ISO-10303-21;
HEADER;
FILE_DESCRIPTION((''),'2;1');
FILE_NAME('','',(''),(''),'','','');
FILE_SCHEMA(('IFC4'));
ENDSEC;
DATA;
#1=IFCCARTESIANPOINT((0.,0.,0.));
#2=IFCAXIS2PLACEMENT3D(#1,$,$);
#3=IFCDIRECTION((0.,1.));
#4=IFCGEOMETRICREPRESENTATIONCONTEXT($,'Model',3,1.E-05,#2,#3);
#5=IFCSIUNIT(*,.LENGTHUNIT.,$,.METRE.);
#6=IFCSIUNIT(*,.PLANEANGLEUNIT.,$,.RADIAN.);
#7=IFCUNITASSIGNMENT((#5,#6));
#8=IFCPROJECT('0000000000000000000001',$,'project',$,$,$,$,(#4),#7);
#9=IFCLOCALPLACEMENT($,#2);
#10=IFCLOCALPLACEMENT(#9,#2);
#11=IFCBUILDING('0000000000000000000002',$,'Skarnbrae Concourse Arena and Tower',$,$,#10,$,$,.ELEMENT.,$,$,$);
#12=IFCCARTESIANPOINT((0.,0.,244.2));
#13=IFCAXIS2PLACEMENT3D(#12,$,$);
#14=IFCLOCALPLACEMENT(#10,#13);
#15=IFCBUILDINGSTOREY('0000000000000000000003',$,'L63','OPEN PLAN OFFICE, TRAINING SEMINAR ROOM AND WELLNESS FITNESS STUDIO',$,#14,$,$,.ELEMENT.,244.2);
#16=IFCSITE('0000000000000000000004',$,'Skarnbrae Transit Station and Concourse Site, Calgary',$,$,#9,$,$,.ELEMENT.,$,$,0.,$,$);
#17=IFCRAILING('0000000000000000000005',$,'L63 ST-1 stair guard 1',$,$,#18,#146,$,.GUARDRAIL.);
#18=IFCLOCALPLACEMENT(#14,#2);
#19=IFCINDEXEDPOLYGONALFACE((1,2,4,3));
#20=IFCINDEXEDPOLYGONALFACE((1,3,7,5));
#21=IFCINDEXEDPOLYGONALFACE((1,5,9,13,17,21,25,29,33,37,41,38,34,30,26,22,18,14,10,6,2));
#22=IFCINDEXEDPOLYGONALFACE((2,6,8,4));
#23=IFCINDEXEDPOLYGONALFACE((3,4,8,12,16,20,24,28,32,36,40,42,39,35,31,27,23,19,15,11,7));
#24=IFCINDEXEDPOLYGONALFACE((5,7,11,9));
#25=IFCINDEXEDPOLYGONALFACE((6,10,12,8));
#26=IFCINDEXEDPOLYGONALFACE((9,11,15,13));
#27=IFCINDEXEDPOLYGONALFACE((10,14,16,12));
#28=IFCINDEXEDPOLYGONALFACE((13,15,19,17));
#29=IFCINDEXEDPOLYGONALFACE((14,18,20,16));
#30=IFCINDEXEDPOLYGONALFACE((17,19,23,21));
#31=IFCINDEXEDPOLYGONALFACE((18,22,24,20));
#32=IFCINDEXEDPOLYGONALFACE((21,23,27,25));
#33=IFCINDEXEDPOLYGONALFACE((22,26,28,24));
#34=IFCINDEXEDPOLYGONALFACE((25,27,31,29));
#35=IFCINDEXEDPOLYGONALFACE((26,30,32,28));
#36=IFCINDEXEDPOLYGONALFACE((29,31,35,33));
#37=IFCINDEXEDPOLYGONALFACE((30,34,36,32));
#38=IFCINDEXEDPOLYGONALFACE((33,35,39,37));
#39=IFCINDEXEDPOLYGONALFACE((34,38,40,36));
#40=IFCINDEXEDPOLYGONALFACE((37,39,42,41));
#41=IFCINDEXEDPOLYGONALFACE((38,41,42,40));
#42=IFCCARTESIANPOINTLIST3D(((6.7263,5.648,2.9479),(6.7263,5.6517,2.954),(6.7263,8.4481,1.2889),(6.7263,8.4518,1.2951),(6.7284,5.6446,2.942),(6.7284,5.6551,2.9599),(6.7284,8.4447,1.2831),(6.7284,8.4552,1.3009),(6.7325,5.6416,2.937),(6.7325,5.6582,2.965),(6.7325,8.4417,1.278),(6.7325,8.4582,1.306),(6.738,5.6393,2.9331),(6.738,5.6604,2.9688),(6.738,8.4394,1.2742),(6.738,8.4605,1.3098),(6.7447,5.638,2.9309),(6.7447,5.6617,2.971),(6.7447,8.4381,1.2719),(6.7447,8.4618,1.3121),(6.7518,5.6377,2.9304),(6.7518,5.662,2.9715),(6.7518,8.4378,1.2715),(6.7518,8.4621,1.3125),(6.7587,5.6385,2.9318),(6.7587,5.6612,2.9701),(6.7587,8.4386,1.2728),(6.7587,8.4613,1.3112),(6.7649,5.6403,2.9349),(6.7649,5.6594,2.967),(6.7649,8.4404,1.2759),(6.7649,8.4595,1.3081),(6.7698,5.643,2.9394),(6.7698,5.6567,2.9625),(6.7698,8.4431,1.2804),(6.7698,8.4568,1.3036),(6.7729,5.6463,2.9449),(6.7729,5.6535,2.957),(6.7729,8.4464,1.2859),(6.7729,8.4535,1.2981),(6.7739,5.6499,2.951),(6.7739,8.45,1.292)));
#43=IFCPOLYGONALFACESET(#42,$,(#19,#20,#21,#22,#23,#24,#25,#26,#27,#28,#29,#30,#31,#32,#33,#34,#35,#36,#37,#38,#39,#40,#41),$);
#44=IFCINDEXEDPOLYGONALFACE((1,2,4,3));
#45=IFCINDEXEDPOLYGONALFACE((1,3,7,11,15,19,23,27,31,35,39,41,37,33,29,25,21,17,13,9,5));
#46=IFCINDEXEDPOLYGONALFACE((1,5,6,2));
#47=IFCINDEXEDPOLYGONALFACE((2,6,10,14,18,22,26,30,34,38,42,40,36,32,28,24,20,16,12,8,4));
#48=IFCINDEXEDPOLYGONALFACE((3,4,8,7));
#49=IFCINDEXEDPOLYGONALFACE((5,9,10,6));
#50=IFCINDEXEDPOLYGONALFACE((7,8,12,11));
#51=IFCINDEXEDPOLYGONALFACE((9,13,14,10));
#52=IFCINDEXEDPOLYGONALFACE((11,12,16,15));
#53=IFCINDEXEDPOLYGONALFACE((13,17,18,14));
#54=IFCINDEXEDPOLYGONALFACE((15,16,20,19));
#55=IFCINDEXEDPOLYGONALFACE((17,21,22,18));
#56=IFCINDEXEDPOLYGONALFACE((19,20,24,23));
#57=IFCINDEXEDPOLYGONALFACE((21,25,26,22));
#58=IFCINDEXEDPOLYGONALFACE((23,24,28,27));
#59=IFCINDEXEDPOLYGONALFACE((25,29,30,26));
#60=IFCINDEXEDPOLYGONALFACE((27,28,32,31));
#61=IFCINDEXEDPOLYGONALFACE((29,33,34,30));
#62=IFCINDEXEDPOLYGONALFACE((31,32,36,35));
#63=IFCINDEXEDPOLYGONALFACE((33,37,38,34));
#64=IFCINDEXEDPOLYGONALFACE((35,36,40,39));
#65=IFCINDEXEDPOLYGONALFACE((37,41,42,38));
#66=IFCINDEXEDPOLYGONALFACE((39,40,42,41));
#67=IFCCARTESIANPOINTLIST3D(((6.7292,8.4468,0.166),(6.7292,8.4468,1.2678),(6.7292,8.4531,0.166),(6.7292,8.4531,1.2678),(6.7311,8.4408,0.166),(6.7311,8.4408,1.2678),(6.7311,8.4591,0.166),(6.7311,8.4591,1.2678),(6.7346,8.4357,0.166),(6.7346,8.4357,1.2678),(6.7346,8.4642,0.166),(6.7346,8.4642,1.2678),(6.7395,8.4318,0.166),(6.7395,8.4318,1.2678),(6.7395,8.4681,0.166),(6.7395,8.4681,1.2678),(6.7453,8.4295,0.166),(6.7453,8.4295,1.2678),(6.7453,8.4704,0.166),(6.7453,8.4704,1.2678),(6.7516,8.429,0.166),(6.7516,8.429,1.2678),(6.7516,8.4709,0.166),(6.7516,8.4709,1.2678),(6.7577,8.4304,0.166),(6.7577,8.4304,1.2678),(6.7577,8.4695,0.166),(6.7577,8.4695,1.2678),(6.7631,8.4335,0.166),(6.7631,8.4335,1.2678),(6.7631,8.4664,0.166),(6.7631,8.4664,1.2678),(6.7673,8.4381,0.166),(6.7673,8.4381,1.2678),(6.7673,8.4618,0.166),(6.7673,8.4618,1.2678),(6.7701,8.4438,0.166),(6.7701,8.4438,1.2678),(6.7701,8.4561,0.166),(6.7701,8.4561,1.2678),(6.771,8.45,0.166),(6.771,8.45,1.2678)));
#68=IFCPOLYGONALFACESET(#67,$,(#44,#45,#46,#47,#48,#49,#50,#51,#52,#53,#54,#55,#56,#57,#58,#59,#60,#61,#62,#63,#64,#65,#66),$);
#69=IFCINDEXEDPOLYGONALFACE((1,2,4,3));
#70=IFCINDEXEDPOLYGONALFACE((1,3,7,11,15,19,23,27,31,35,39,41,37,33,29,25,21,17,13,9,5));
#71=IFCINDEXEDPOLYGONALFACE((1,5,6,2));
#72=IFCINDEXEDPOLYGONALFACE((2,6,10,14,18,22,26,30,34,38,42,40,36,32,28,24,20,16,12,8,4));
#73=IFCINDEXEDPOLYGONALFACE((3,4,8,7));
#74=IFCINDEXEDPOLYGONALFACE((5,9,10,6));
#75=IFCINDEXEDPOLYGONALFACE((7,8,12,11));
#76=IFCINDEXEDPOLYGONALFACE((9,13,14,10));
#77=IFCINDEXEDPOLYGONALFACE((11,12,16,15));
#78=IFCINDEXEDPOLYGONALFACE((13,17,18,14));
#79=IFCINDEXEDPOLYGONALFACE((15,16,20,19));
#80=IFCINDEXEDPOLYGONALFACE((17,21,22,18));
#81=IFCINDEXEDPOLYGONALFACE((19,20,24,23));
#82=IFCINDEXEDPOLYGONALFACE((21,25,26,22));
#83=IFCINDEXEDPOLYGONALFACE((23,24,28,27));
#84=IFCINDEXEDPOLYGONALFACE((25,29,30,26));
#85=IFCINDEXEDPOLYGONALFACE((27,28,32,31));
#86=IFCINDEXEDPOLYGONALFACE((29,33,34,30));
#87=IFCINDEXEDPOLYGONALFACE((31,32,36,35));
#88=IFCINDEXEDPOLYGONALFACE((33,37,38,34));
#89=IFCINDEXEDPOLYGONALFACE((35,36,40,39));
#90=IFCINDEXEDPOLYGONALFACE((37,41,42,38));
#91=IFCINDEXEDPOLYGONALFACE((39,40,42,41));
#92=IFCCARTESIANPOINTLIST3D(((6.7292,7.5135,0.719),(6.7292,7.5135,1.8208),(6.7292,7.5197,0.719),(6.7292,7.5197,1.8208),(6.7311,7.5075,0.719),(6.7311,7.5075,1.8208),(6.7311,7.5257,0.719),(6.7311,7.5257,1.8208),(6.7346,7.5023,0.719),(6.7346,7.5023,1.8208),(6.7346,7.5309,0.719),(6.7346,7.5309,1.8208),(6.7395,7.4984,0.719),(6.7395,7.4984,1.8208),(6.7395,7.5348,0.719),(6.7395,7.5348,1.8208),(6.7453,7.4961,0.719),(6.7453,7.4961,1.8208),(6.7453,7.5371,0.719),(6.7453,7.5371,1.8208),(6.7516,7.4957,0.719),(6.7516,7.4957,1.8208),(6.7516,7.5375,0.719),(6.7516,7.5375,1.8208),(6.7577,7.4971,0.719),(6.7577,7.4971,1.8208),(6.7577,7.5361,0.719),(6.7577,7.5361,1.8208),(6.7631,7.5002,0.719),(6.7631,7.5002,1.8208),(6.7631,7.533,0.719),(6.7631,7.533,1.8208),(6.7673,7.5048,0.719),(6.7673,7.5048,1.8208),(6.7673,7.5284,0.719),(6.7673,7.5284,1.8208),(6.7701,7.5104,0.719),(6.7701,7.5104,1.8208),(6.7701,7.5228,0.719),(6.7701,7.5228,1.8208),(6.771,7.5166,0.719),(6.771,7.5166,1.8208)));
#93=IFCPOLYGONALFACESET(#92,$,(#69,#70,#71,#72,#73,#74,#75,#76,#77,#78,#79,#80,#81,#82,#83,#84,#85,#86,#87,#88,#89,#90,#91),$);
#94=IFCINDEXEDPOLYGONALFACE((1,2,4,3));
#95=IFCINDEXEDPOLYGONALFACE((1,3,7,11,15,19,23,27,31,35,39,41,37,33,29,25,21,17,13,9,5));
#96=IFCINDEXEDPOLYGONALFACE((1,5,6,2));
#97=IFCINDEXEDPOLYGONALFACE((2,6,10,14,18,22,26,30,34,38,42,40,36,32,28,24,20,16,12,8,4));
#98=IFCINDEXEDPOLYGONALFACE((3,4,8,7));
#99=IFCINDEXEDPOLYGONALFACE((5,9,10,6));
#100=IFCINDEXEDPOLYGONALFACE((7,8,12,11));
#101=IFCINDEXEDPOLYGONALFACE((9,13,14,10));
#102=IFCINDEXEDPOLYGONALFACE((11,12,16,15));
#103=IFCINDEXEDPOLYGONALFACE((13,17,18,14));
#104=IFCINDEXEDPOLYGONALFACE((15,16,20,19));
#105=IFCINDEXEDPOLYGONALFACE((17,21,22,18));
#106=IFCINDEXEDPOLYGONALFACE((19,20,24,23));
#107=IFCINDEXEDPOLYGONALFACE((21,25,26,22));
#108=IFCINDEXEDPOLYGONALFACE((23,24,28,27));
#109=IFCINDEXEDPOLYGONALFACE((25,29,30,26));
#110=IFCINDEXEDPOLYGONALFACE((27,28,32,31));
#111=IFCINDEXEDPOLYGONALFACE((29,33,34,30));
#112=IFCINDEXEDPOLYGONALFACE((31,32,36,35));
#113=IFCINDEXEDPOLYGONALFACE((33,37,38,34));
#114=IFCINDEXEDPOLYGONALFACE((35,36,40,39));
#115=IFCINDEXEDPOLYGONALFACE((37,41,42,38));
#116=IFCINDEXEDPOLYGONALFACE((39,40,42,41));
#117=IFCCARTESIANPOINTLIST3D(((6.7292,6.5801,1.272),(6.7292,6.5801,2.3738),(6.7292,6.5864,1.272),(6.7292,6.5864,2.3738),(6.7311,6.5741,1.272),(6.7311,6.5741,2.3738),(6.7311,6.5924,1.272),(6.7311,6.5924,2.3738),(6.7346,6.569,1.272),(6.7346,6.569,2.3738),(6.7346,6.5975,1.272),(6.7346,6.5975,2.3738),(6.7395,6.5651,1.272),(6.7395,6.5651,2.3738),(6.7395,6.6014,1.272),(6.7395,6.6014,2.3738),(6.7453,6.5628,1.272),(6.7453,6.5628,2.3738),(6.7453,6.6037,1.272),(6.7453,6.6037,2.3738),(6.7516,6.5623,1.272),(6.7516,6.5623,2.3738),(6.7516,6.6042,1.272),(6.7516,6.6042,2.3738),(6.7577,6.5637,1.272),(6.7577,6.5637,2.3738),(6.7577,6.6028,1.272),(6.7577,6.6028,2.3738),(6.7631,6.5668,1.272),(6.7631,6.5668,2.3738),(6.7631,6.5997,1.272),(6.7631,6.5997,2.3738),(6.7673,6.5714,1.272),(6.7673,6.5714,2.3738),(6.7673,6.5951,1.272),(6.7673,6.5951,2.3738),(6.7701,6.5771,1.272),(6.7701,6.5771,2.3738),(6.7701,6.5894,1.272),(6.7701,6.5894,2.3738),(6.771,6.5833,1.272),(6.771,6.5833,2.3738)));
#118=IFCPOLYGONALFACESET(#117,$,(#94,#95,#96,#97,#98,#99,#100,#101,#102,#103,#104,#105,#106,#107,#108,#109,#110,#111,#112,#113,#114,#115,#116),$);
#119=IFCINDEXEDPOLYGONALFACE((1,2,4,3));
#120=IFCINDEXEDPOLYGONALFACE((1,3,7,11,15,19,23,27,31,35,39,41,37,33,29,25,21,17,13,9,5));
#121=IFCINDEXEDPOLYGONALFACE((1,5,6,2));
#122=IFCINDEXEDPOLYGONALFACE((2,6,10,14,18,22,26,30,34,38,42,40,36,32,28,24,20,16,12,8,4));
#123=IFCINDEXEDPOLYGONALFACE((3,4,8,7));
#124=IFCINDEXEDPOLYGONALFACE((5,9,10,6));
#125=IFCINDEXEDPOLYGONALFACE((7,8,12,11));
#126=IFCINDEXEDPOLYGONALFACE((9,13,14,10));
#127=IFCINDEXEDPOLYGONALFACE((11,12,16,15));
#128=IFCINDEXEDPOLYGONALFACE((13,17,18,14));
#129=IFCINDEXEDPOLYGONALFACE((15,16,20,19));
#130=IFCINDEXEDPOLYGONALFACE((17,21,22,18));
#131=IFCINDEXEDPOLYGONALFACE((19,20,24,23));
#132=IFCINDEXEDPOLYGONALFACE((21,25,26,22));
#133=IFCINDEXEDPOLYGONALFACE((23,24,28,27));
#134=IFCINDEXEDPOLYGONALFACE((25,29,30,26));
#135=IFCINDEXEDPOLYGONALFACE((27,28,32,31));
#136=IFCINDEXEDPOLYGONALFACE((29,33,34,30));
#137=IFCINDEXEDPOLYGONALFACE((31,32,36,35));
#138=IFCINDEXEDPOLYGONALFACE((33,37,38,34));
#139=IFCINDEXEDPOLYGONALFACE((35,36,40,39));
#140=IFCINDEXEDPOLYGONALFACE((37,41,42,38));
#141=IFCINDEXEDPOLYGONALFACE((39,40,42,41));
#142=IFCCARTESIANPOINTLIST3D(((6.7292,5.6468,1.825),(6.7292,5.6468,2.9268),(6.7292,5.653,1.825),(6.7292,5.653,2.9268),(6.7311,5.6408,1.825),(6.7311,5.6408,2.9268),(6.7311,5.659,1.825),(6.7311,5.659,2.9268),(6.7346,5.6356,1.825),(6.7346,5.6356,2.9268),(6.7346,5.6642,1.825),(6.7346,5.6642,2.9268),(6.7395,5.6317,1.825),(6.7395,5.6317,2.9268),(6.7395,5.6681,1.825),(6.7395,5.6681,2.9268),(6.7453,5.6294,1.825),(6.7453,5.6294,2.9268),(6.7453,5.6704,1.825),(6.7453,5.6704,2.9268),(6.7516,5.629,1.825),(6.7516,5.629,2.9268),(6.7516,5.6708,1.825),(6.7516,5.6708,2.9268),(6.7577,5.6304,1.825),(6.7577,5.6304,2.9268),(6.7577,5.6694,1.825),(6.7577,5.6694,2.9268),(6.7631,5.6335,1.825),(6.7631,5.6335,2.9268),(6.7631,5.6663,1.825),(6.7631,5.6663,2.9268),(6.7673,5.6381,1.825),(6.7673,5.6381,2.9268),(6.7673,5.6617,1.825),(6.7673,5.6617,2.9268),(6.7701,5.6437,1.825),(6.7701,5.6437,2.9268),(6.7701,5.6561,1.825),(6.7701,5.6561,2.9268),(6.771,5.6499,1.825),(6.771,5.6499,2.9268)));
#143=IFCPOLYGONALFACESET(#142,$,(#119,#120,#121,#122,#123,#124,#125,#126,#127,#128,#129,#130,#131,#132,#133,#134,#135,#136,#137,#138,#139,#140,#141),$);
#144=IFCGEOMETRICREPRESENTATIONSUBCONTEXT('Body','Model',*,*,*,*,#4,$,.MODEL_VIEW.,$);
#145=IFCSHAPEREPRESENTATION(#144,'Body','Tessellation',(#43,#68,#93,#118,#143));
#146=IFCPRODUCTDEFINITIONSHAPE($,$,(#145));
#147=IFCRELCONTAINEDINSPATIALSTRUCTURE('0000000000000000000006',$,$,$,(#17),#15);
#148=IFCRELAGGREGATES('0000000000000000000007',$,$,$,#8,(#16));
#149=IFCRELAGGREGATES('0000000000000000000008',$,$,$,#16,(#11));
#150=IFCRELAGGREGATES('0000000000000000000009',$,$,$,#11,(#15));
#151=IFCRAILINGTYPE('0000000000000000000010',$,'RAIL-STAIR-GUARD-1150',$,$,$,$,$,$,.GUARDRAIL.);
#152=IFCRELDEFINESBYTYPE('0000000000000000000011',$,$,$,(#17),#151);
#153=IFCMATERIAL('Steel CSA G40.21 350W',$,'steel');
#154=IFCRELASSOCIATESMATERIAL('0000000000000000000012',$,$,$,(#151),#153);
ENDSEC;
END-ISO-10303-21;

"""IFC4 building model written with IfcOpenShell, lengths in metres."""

from ifc_helpers import new_model, si_unit, direction, frame, origin, origin_2d, place, context, subcontext, project, spatial, circle, extrude, material, type_object, element, save


model = new_model("IFC4")

# Units and contexts
model_context = context("Model", 3, precision=1e-05, world=origin(), true_north=direction((0.0, 1.0)))
body_context = subcontext(model_context, "Body", "Model", "MODEL_VIEW")
ifc_project = project(units=[si_unit("LENGTHUNIT", "METRE"), si_unit("PLANEANGLEUNIT", "RADIAN")], contexts=[model_context])

# Site, building, storey
site_placement = place(None, origin())
site = spatial("IfcSite", under=ifc_project, at=site_placement, Name="Skarnbrae Transit Station and Concourse Site, Calgary", CompositionType="ELEMENT", RefElevation=0.0)
building_placement = place(site_placement, origin())
building = spatial("IfcBuilding", under=site, at=building_placement, Name="Skarnbrae Concourse Arena and Tower", CompositionType="ELEMENT")
storey_placement = place(building_placement, frame((0.0, 0.0, 244.2)))
storey = spatial("IfcBuildingStorey", under=building, at=storey_placement, Name="L63", Description="OPEN PLAN OFFICE, TRAINING SEMINAR ROOM AND WELLNESS FITNESS STUDIO", CompositionType="ELEMENT", Elevation=244.2)

# Shared definitions
ifc_material_1 = material(Name="Steel CSA G40.21 350W", Category="steel")

# Railing
railing_type_1 = type_object("IfcRailingType", Name="RAIL-STAIR-GUARD-1150", PredefinedType="GUARDRAIL", material=ifc_material_1)
railing_1_placement = place(storey_placement, frame((6.75, 8.45, 0.166)))
element("IfcRailing", 1, at=railing_1_placement, inside=storey, type_object=railing_type_1, Name="L63 ST-1 stair guard 1", PredefinedType="GUARDRAIL", context=body_context, shape_type="SweptSolid", body=[
    extrude(circle(Radius=0.0239, at=origin_2d()), frame((0.0, 0.0, 1.126), z_axis=(0.0, -0.860339, 0.509722), x_axis=(1.0, 0.0, 0.0)), (0.0, 0.0, 1.0), 3.2546),
    extrude(circle(Radius=0.021, at=origin_2d()), origin(), (0.0, 0.0, 1.0), 1.1018),
    extrude(circle(Radius=0.021, at=origin_2d()), frame((0.0, -0.9333, 0.553)), (0.0, 0.0, 1.0), 1.1018),
    extrude(circle(Radius=0.021, at=origin_2d()), frame((0.0, -1.8667, 1.106)), (0.0, 0.0, 1.0), 1.1018),
    extrude(circle(Radius=0.021, at=origin_2d()), frame((0.0, -2.8, 1.6589)), (0.0, 0.0, 1.0), 1.1018),
])

save(model, "model.ifc")
